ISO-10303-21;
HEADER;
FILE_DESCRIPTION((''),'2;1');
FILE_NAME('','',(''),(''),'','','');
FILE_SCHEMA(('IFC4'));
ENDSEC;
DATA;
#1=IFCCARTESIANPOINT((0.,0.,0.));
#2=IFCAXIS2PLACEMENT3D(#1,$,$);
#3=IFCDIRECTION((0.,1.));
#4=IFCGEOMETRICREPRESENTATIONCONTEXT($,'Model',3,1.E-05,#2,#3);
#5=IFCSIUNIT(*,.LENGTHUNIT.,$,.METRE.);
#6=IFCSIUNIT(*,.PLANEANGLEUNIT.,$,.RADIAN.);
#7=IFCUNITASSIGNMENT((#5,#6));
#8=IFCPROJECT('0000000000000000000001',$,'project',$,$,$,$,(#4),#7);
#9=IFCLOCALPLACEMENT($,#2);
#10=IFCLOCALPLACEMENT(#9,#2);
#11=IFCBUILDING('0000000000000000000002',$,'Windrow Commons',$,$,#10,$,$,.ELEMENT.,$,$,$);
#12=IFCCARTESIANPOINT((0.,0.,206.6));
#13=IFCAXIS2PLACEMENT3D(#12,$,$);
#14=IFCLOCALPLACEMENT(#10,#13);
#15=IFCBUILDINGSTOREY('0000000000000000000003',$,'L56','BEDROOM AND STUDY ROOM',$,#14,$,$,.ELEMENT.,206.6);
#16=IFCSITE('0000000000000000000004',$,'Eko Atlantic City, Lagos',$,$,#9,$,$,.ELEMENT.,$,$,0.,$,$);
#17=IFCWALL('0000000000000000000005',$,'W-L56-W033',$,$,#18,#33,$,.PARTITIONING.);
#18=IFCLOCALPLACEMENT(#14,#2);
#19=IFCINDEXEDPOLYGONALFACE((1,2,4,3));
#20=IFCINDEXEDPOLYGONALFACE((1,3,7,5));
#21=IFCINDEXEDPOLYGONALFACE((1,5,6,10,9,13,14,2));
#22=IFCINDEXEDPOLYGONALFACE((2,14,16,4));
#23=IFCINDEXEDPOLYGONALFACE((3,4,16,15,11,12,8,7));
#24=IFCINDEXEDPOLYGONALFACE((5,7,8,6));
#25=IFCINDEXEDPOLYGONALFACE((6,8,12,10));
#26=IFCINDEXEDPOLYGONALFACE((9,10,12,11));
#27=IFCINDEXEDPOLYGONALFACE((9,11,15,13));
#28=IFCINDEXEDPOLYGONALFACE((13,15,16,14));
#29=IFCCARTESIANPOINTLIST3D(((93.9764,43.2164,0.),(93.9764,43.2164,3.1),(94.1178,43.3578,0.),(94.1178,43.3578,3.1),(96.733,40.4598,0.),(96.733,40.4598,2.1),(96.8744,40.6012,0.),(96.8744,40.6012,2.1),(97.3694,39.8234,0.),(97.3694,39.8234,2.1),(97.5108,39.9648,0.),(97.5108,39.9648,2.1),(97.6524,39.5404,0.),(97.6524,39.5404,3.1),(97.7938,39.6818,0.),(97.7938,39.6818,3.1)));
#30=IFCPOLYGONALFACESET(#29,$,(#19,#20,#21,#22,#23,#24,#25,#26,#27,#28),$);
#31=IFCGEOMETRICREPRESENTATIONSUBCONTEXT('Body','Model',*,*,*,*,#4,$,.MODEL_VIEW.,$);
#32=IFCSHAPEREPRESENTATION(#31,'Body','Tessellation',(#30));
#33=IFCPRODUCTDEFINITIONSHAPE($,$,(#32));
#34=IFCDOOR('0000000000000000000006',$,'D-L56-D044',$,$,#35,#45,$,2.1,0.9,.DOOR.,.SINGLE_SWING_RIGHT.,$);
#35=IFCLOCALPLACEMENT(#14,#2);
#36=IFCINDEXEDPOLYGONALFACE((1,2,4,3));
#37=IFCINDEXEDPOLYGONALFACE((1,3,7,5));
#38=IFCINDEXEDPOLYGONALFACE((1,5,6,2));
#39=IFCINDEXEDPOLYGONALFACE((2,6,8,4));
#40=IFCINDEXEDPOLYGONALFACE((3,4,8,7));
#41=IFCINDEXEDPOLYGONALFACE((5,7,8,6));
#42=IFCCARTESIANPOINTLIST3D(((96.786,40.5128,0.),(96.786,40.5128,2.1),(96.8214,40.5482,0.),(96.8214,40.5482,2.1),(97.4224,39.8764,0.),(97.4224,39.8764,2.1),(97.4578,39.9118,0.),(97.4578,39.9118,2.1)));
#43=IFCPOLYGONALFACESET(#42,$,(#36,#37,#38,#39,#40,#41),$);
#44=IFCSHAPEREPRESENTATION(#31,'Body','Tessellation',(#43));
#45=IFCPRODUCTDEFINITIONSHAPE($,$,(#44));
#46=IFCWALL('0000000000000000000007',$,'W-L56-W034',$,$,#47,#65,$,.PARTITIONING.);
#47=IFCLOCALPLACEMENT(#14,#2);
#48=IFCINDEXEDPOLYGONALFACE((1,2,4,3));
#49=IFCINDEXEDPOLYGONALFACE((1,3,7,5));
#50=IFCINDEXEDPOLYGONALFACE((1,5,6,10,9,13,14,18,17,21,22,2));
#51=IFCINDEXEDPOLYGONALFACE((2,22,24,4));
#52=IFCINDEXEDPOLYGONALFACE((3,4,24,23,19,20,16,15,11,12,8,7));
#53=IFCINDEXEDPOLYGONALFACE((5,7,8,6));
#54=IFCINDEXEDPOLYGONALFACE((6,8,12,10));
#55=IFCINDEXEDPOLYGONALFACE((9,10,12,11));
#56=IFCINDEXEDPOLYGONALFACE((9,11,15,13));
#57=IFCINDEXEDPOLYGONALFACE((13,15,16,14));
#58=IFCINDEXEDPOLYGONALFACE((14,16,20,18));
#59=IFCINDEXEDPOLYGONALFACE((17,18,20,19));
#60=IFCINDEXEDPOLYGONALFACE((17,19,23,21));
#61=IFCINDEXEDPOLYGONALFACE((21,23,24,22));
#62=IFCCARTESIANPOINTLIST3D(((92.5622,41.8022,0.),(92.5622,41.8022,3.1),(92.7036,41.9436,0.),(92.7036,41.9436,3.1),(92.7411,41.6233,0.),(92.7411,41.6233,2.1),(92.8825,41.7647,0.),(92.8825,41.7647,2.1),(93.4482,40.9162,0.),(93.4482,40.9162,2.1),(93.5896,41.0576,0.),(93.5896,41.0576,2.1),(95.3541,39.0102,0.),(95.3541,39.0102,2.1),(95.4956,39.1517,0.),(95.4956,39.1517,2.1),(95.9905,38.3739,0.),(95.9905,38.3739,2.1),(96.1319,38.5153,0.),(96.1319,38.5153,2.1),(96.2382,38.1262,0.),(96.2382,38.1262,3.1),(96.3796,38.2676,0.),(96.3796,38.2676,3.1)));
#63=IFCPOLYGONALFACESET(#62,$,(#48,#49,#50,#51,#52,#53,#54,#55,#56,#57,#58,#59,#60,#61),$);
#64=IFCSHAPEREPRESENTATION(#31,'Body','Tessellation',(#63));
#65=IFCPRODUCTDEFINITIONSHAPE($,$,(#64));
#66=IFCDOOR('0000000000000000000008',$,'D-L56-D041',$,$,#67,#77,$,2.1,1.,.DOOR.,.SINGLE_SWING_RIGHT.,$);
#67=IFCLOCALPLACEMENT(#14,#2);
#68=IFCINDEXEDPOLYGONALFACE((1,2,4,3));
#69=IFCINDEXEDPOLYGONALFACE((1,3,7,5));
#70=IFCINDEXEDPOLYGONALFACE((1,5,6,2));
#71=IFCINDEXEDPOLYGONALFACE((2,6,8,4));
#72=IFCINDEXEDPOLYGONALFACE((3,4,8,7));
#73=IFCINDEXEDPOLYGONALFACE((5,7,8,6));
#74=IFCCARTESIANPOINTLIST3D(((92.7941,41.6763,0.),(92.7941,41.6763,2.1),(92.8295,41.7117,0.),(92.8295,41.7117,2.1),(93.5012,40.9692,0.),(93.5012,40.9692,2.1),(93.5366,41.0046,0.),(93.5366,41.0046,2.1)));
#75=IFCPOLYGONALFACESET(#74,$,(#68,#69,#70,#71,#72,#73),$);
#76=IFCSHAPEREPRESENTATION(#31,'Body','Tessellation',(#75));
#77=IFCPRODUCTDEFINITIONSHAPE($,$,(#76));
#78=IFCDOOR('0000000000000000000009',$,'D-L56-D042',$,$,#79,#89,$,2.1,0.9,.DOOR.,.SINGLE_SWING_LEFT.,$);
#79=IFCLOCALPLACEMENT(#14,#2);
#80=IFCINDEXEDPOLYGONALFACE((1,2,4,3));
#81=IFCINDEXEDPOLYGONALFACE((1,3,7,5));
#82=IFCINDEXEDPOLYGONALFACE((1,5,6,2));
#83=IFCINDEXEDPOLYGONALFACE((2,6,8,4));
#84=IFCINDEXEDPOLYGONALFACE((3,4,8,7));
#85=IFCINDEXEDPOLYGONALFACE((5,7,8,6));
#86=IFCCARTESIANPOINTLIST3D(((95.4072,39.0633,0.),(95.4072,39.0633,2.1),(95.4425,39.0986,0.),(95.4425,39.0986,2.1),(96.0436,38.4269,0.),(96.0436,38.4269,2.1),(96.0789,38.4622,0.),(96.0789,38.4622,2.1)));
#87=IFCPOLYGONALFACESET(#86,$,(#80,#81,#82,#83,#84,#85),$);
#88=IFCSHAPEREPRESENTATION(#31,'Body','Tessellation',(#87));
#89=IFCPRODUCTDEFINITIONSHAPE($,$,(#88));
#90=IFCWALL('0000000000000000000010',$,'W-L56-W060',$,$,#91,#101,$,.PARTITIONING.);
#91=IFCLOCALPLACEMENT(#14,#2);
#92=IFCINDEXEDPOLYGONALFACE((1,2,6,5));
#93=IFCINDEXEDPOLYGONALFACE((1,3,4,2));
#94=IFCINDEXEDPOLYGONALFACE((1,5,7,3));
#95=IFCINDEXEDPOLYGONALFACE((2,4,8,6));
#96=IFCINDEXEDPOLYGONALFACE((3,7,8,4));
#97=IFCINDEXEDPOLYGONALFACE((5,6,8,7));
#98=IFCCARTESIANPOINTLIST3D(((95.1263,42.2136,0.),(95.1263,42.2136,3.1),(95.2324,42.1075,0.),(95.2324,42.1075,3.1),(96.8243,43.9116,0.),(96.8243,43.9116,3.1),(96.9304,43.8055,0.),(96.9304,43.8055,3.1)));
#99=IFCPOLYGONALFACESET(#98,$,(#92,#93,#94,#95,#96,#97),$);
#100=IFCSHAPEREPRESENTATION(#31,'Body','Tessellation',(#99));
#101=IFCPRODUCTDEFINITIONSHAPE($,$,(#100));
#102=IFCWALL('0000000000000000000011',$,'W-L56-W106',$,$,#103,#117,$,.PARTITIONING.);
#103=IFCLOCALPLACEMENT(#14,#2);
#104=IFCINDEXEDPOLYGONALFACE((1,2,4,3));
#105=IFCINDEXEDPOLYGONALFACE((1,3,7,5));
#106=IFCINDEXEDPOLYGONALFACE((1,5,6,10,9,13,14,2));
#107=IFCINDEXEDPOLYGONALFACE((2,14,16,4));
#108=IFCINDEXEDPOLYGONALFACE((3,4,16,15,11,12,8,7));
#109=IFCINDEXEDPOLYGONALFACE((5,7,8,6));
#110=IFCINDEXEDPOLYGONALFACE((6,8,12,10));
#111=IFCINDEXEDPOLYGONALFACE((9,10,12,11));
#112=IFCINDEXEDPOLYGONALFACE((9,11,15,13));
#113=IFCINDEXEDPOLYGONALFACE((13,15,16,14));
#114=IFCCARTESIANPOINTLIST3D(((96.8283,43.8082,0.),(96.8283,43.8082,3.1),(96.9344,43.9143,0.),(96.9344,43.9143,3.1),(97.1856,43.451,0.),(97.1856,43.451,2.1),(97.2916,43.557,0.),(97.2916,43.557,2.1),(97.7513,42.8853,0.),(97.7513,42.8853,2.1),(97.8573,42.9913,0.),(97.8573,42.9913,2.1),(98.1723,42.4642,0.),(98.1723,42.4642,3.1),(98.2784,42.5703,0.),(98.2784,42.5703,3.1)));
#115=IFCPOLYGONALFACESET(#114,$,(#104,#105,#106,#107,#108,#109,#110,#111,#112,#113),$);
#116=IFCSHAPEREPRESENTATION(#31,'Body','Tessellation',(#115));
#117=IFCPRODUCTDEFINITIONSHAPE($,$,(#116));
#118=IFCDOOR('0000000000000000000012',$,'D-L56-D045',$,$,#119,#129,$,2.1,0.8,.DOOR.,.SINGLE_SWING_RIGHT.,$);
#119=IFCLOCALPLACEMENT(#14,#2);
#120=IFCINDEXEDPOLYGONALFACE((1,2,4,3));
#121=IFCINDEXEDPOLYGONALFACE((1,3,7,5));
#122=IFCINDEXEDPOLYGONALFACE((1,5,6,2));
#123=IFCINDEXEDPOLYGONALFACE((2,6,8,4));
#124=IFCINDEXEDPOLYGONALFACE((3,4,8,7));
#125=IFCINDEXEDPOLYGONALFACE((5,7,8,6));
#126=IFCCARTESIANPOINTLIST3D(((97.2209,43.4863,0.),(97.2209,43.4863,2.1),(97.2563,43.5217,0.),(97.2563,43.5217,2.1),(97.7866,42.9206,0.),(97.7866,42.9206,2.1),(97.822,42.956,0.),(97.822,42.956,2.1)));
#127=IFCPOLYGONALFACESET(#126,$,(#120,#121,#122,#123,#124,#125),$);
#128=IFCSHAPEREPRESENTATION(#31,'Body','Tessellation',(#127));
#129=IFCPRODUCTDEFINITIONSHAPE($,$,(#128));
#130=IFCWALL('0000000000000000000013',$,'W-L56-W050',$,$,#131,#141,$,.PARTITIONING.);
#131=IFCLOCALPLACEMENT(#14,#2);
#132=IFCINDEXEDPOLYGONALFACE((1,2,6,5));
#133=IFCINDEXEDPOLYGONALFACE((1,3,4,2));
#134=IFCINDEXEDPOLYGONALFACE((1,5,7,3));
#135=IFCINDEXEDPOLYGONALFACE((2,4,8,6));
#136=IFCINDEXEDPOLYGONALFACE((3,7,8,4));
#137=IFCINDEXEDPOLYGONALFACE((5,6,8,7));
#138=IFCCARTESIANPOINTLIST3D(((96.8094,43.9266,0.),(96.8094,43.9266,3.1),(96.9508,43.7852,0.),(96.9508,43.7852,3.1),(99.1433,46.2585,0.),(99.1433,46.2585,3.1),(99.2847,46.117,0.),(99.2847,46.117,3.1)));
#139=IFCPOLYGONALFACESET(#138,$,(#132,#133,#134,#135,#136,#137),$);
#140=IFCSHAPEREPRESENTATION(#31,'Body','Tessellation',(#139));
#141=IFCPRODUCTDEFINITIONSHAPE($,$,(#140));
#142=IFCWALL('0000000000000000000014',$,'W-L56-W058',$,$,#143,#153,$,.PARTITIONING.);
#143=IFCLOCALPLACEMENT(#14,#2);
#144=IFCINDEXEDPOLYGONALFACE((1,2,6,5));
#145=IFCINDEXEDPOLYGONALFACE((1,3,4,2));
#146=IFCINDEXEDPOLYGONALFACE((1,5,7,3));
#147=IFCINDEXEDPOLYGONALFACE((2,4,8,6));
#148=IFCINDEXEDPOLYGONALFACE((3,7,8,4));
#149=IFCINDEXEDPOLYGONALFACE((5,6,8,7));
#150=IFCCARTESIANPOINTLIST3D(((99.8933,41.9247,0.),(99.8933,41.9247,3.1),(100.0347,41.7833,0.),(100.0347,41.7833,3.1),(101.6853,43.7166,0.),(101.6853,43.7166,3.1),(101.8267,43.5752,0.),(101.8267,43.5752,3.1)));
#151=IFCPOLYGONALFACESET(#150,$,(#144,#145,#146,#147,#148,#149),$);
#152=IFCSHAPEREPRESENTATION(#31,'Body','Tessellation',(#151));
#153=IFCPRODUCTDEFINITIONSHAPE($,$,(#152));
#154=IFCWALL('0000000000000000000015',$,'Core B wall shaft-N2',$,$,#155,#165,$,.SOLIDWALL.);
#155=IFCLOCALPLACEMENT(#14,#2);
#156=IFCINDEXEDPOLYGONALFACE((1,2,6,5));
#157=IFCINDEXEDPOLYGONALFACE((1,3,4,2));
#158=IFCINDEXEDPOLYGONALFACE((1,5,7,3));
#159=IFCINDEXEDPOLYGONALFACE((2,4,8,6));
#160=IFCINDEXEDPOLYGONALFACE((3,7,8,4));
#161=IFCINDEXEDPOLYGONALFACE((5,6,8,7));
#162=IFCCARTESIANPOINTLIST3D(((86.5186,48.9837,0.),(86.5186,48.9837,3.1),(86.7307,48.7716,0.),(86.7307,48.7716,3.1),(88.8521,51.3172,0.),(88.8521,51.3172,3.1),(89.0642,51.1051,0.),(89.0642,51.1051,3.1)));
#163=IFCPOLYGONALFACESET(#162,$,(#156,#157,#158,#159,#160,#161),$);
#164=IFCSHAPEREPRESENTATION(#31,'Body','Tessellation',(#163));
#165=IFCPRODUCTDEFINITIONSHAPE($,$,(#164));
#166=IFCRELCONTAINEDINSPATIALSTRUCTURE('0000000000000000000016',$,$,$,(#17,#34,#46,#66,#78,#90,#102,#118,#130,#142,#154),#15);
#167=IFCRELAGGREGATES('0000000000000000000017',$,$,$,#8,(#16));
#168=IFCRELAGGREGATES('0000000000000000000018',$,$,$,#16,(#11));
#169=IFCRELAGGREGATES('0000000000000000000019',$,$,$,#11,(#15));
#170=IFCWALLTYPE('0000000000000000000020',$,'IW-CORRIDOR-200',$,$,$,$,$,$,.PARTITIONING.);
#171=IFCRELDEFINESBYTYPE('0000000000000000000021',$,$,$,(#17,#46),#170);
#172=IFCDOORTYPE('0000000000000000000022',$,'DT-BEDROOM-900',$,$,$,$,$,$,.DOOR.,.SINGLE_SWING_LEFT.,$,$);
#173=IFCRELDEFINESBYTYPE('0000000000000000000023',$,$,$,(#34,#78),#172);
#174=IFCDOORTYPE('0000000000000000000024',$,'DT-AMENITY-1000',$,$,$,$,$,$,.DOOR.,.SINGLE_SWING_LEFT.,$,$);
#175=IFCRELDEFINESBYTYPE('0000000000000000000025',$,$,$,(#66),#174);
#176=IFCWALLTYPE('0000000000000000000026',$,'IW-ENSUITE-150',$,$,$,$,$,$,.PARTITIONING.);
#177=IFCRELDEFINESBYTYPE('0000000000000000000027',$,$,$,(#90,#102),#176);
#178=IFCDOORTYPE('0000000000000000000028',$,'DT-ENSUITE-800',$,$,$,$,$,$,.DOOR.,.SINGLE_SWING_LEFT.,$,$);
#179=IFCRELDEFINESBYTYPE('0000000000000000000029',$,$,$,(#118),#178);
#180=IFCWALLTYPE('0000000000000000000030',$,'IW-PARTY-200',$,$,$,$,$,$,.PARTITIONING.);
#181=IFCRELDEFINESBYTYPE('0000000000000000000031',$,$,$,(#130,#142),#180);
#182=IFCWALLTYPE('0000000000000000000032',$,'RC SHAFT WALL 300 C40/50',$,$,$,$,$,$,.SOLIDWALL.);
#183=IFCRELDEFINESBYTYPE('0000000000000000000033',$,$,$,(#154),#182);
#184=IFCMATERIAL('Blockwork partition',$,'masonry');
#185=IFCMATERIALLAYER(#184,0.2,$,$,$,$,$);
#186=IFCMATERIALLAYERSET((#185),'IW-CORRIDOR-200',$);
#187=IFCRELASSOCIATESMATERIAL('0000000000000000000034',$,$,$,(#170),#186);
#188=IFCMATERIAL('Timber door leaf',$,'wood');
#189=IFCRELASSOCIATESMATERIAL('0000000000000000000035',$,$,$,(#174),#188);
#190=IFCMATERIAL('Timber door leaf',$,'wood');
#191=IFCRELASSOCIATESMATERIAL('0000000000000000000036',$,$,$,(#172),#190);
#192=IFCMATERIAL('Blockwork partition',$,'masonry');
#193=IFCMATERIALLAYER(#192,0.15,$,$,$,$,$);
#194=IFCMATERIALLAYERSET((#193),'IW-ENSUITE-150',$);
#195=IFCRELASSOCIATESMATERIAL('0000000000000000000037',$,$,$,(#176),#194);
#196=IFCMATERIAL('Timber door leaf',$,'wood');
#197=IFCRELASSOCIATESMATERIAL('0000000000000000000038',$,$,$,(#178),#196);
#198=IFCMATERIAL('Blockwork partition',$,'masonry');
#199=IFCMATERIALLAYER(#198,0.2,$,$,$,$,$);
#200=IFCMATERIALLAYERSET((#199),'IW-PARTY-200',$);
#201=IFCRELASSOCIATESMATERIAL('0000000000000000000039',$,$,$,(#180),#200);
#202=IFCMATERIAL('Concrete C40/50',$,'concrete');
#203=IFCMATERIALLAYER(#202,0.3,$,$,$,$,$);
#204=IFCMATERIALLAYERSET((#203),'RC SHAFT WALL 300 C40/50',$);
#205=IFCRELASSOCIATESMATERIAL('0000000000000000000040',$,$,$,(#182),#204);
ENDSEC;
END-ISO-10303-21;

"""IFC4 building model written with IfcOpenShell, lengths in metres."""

from ifc_helpers import new_model, si_unit, direction, frame, frame_2d, origin, place, context, subcontext, project, spatial, rectangle, extrude, material, layer, layer_set, type_object, element, fill, save


model = new_model("IFC4")

# Units and contexts
model_context = context("Model", 3, precision=1e-05, world=origin(), true_north=direction((0.0, 1.0)))
body_context = subcontext(model_context, "Body", "Model", "MODEL_VIEW")
ifc_project = project(units=[si_unit("LENGTHUNIT", "METRE"), si_unit("PLANEANGLEUNIT", "RADIAN")], contexts=[model_context])

# Site, building, storey
site_placement = place(None, origin())
site = spatial("IfcSite", under=ifc_project, at=site_placement, Name="Eko Atlantic City, Lagos", CompositionType="ELEMENT", RefElevation=0.0)
building_placement = place(site_placement, origin())
building = spatial("IfcBuilding", under=site, at=building_placement, Name="Windrow Commons", CompositionType="ELEMENT")
storey_placement = place(building_placement, frame((0.0, 0.0, 206.6)))
storey = spatial("IfcBuildingStorey", under=building, at=storey_placement, Name="L56", Description="BEDROOM AND STUDY ROOM", CompositionType="ELEMENT", Elevation=206.6)

# Wall, opening, door
ifc_material_1 = material(Name="Blockwork partition", Category="masonry")
ifc_layer_1 = layer(ifc_material_1, 0.2)
ifc_layer_set_1 = layer_set([ifc_layer_1], Name="IW-CORRIDOR-200")
wall_type_1 = type_object("IfcWallType", Name="IW-CORRIDOR-200", PredefinedType="PARTITIONING", material=ifc_layer_set_1)
ifc_material_2 = material(Name="Timber door leaf", Category="wood")
door_type_1 = type_object("IfcDoorType", Name="DT-AMENITY-1000", OperationType="SINGLE_SWING_LEFT", PredefinedType="DOOR", material=ifc_material_2)
wall_1_placement = place(storey_placement, frame((94.0471, 43.2871, 0.0), z_axis=(0.0, 0.0, 1.0), x_axis=(0.707107, -0.707107, 0.0)))
wall_1 = element("IfcWall", 1, at=wall_1_placement, inside=storey, type_object=wall_type_1, Name="W-L56-W033", PredefinedType="PARTITIONING", context=body_context, shape_type="SweptSolid", body=[
    extrude(rectangle(XDim=5.1986, YDim=0.2, at=frame_2d((2.5993, 0.0))), origin(), (0.0, 0.0, 1.0), 3.1),
])
opening_1_placement = place(wall_1_placement, frame((3.8984, 0.0, 0.0)))
opening_1 = element("IfcOpeningElement", 2, at=opening_1_placement, cuts=wall_1, PredefinedType="OPENING", context=body_context, shape_type="SweptSolid", body=[
    extrude(rectangle(XDim=0.9, YDim=2.1, at=frame_2d((0.45, 1.05))), frame((0.0, 0.11, 0.0), z_axis=(0.0, -1.0, 0.0), x_axis=(1.0, 0.0, 0.0)), (0.0, 0.0, 1.0), 0.22),
])
ifc_material_3 = material(Name="Timber door leaf", Category="wood")
door_type_2 = type_object("IfcDoorType", Name="DT-BEDROOM-900", OperationType="SINGLE_SWING_LEFT", PredefinedType="DOOR", material=ifc_material_3)
door_1_placement = place(opening_1_placement, origin())
door_1 = element("IfcDoor", 3, at=door_1_placement, inside=storey, type_object=door_type_2, Name="D-L56-D044", OperationType="SINGLE_SWING_RIGHT", OverallHeight=2.1, OverallWidth=0.9, PredefinedType="DOOR", context=body_context, shape_type="SweptSolid", body=[
    extrude(rectangle(XDim=0.9, YDim=2.1, at=frame_2d((0.45, 1.05))), frame((0.0, 0.025, 0.0), z_axis=(0.0, -1.0, 0.0), x_axis=(1.0, 0.0, 0.0)), (0.0, 0.0, 1.0), 0.05),
])
fill(opening_1, door_1)

# Wall, openings, doors
wall_2_placement = place(storey_placement, frame((92.6329, 41.8729, 0.0), z_axis=(0.0, 0.0, 1.0), x_axis=(0.707107, -0.707107, 0.0)))
wall_2 = element("IfcWall", 4, at=wall_2_placement, inside=storey, type_object=wall_type_1, Name="W-L56-W034", PredefinedType="PARTITIONING", context=body_context, shape_type="SweptSolid", body=[
    extrude(rectangle(XDim=5.1986, YDim=0.2, at=frame_2d((2.5993, 0.0))), origin(), (0.0, 0.0, 1.0), 3.1),
])
opening_2_placement = place(wall_2_placement, frame((0.253, 0.0, 0.0)))
opening_2 = element("IfcOpeningElement", 5, at=opening_2_placement, cuts=wall_2, PredefinedType="OPENING", context=body_context, shape_type="SweptSolid", body=[
    extrude(rectangle(XDim=1.0, YDim=2.1, at=frame_2d((0.5, 1.05))), frame((0.0, 0.11, 0.0), z_axis=(0.0, -1.0, 0.0), x_axis=(1.0, 0.0, 0.0)), (0.0, 0.0, 1.0), 0.22),
])
opening_3_placement = place(wall_2_placement, frame((3.9484, 0.0, 0.0)))
opening_3 = element("IfcOpeningElement", 6, at=opening_3_placement, cuts=wall_2, PredefinedType="OPENING", context=body_context, shape_type="SweptSolid", body=[
    extrude(rectangle(XDim=0.9, YDim=2.1, at=frame_2d((0.45, 1.05))), frame((0.0, 0.11, 0.0), z_axis=(0.0, -1.0, 0.0), x_axis=(1.0, 0.0, 0.0)), (0.0, 0.0, 1.0), 0.22),
])
door_2_placement = place(opening_2_placement, origin())
door_2 = element("IfcDoor", 7, at=door_2_placement, inside=storey, type_object=door_type_1, Name="D-L56-D041", OperationType="SINGLE_SWING_RIGHT", OverallHeight=2.1, OverallWidth=1.0, PredefinedType="DOOR", context=body_context, shape_type="SweptSolid", body=[
    extrude(rectangle(XDim=1.0, YDim=2.1, at=frame_2d((0.5, 1.05))), frame((0.0, 0.025, 0.0), z_axis=(0.0, -1.0, 0.0), x_axis=(1.0, 0.0, 0.0)), (0.0, 0.0, 1.0), 0.05),
])
fill(opening_2, door_2)
door_3_placement = place(opening_3_placement, origin())
door_3 = element("IfcDoor", 8, at=door_3_placement, inside=storey, type_object=door_type_2, Name="D-L56-D042", OperationType="SINGLE_SWING_LEFT", OverallHeight=2.1, OverallWidth=0.9, PredefinedType="DOOR", context=body_context, shape_type="SweptSolid", body=[
    extrude(rectangle(XDim=0.9, YDim=2.1, at=frame_2d((0.45, 1.05))), frame((0.0, 0.025, 0.0), z_axis=(0.0, -1.0, 0.0), x_axis=(1.0, 0.0, 0.0)), (0.0, 0.0, 1.0), 0.05),
])
fill(opening_3, door_3)

# Wall
ifc_material_4 = material(Name="Blockwork partition", Category="masonry")
ifc_layer_2 = layer(ifc_material_4, 0.15)
ifc_layer_set_2 = layer_set([ifc_layer_2], Name="IW-ENSUITE-150")
wall_type_2 = type_object("IfcWallType", Name="IW-ENSUITE-150", PredefinedType="PARTITIONING", material=ifc_layer_set_2)
wall_3_placement = place(storey_placement, frame((95.1794, 42.1606, 0.0), z_axis=(0.0, 0.0, 1.0), x_axis=(0.707107, 0.707107, 0.0)))
element("IfcWall", 9, at=wall_3_placement, inside=storey, type_object=wall_type_2, Name="W-L56-W060", PredefinedType="PARTITIONING", context=body_context, shape_type="SweptSolid", body=[
    extrude(rectangle(XDim=2.4013, YDim=0.15, at=frame_2d((1.2006, 0.0))), origin(), (0.0, 0.0, 1.0), 3.1),
])

# Wall, opening, door
wall_4_placement = place(storey_placement, frame((96.8813, 43.8613, 0.0), z_axis=(0.0, 0.0, 1.0), x_axis=(0.707107, -0.707107, 0.0)))
wall_4 = element("IfcWall", 10, at=wall_4_placement, inside=storey, type_object=wall_type_2, Name="W-L56-W106", PredefinedType="PARTITIONING", context=body_context, shape_type="SweptSolid", body=[
    extrude(rectangle(XDim=1.9007, YDim=0.15, at=frame_2d((0.9504, 0.0))), origin(), (0.0, 0.0, 1.0), 3.1),
])
opening_4_placement = place(wall_4_placement, frame((0.5053, 0.0, 0.0)))
opening_4 = element("IfcOpeningElement", 11, at=opening_4_placement, cuts=wall_4, PredefinedType="OPENING", context=body_context, shape_type="SweptSolid", body=[
    extrude(rectangle(XDim=0.8, YDim=2.1, at=frame_2d((0.4, 1.05))), frame((0.0, 0.085, 0.0), z_axis=(0.0, -1.0, 0.0), x_axis=(1.0, 0.0, 0.0)), (0.0, 0.0, 1.0), 0.17),
])
ifc_material_5 = material(Name="Timber door leaf", Category="wood")
door_type_3 = type_object("IfcDoorType", Name="DT-ENSUITE-800", OperationType="SINGLE_SWING_LEFT", PredefinedType="DOOR", material=ifc_material_5)
door_4_placement = place(opening_4_placement, origin())
door_4 = element("IfcDoor", 12, at=door_4_placement, inside=storey, type_object=door_type_3, Name="D-L56-D045", OperationType="SINGLE_SWING_RIGHT", OverallHeight=2.1, OverallWidth=0.8, PredefinedType="DOOR", context=body_context, shape_type="SweptSolid", body=[
    extrude(rectangle(XDim=0.8, YDim=2.1, at=frame_2d((0.4, 1.05))), frame((0.0, 0.025, 0.0), z_axis=(0.0, -1.0, 0.0), x_axis=(1.0, 0.0, 0.0)), (0.0, 0.0, 1.0), 0.05),
])
fill(opening_4, door_4)

# Walls
ifc_material_6 = material(Name="Blockwork partition", Category="masonry")
ifc_layer_3 = layer(ifc_material_6, 0.2)
ifc_layer_set_3 = layer_set([ifc_layer_3], Name="IW-PARTY-200")
wall_type_3 = type_object("IfcWallType", Name="IW-PARTY-200", PredefinedType="PARTITIONING", material=ifc_layer_set_3)
wall_5_placement = place(storey_placement, frame((96.8801, 43.8559, 0.0), z_axis=(0.0, 0.0, 1.0), x_axis=(0.70741, 0.706804, 0.0)))
element("IfcWall", 13, at=wall_5_placement, inside=storey, type_object=wall_type_3, Name="W-L56-W050", PredefinedType="PARTITIONING", context=body_context, shape_type="SweptSolid", body=[
    extrude(rectangle(XDim=3.2992, YDim=0.2, at=frame_2d((1.6496, 0.0))), origin(), (0.0, 0.0, 1.0), 3.1),
])
wall_6_placement = place(storey_placement, frame((99.964, 41.854, 0.0), z_axis=(0.0, 0.0, 1.0), x_axis=(0.707127, 0.707087, 0.0)))
element("IfcWall", 14, at=wall_6_placement, inside=storey, type_object=wall_type_3, Name="W-L56-W058", PredefinedType="PARTITIONING", context=body_context, shape_type="SweptSolid", body=[
    extrude(rectangle(XDim=2.5341, YDim=0.2, at=frame_2d((1.2671, 0.0))), origin(), (0.0, 0.0, 1.0), 3.1),
])
ifc_material_7 = material(Name="Concrete C40/50", Category="concrete")
ifc_layer_4 = layer(ifc_material_7, 0.3)
ifc_layer_set_4 = layer_set([ifc_layer_4], Name="RC SHAFT WALL 300 C40/50")
wall_type_4 = type_object("IfcWallType", Name="RC SHAFT WALL 300 C40/50", PredefinedType="SOLIDWALL", material=ifc_layer_set_4)
for number, where, z_axis, x_axis, name in (
    (15, (86.6246, 48.8776, 0.0), (0.0, 0.0, 1.0), (0.707107, 0.707107, 0.0), "Core B wall shaft-N2"),
):
    element("IfcWall", number, at=place(storey_placement, frame(where, z_axis=z_axis, x_axis=x_axis)), inside=storey, type_object=wall_type_4, Name=name, PredefinedType="SOLIDWALL", context=body_context, shape_type="SweptSolid", body=[
        extrude(rectangle(XDim=3.3001, YDim=0.3, at=frame_2d((1.6501, 0.0))), origin(), (0.0, 0.0, 1.0), 3.1),
    ])

save(model, "model.ifc")
